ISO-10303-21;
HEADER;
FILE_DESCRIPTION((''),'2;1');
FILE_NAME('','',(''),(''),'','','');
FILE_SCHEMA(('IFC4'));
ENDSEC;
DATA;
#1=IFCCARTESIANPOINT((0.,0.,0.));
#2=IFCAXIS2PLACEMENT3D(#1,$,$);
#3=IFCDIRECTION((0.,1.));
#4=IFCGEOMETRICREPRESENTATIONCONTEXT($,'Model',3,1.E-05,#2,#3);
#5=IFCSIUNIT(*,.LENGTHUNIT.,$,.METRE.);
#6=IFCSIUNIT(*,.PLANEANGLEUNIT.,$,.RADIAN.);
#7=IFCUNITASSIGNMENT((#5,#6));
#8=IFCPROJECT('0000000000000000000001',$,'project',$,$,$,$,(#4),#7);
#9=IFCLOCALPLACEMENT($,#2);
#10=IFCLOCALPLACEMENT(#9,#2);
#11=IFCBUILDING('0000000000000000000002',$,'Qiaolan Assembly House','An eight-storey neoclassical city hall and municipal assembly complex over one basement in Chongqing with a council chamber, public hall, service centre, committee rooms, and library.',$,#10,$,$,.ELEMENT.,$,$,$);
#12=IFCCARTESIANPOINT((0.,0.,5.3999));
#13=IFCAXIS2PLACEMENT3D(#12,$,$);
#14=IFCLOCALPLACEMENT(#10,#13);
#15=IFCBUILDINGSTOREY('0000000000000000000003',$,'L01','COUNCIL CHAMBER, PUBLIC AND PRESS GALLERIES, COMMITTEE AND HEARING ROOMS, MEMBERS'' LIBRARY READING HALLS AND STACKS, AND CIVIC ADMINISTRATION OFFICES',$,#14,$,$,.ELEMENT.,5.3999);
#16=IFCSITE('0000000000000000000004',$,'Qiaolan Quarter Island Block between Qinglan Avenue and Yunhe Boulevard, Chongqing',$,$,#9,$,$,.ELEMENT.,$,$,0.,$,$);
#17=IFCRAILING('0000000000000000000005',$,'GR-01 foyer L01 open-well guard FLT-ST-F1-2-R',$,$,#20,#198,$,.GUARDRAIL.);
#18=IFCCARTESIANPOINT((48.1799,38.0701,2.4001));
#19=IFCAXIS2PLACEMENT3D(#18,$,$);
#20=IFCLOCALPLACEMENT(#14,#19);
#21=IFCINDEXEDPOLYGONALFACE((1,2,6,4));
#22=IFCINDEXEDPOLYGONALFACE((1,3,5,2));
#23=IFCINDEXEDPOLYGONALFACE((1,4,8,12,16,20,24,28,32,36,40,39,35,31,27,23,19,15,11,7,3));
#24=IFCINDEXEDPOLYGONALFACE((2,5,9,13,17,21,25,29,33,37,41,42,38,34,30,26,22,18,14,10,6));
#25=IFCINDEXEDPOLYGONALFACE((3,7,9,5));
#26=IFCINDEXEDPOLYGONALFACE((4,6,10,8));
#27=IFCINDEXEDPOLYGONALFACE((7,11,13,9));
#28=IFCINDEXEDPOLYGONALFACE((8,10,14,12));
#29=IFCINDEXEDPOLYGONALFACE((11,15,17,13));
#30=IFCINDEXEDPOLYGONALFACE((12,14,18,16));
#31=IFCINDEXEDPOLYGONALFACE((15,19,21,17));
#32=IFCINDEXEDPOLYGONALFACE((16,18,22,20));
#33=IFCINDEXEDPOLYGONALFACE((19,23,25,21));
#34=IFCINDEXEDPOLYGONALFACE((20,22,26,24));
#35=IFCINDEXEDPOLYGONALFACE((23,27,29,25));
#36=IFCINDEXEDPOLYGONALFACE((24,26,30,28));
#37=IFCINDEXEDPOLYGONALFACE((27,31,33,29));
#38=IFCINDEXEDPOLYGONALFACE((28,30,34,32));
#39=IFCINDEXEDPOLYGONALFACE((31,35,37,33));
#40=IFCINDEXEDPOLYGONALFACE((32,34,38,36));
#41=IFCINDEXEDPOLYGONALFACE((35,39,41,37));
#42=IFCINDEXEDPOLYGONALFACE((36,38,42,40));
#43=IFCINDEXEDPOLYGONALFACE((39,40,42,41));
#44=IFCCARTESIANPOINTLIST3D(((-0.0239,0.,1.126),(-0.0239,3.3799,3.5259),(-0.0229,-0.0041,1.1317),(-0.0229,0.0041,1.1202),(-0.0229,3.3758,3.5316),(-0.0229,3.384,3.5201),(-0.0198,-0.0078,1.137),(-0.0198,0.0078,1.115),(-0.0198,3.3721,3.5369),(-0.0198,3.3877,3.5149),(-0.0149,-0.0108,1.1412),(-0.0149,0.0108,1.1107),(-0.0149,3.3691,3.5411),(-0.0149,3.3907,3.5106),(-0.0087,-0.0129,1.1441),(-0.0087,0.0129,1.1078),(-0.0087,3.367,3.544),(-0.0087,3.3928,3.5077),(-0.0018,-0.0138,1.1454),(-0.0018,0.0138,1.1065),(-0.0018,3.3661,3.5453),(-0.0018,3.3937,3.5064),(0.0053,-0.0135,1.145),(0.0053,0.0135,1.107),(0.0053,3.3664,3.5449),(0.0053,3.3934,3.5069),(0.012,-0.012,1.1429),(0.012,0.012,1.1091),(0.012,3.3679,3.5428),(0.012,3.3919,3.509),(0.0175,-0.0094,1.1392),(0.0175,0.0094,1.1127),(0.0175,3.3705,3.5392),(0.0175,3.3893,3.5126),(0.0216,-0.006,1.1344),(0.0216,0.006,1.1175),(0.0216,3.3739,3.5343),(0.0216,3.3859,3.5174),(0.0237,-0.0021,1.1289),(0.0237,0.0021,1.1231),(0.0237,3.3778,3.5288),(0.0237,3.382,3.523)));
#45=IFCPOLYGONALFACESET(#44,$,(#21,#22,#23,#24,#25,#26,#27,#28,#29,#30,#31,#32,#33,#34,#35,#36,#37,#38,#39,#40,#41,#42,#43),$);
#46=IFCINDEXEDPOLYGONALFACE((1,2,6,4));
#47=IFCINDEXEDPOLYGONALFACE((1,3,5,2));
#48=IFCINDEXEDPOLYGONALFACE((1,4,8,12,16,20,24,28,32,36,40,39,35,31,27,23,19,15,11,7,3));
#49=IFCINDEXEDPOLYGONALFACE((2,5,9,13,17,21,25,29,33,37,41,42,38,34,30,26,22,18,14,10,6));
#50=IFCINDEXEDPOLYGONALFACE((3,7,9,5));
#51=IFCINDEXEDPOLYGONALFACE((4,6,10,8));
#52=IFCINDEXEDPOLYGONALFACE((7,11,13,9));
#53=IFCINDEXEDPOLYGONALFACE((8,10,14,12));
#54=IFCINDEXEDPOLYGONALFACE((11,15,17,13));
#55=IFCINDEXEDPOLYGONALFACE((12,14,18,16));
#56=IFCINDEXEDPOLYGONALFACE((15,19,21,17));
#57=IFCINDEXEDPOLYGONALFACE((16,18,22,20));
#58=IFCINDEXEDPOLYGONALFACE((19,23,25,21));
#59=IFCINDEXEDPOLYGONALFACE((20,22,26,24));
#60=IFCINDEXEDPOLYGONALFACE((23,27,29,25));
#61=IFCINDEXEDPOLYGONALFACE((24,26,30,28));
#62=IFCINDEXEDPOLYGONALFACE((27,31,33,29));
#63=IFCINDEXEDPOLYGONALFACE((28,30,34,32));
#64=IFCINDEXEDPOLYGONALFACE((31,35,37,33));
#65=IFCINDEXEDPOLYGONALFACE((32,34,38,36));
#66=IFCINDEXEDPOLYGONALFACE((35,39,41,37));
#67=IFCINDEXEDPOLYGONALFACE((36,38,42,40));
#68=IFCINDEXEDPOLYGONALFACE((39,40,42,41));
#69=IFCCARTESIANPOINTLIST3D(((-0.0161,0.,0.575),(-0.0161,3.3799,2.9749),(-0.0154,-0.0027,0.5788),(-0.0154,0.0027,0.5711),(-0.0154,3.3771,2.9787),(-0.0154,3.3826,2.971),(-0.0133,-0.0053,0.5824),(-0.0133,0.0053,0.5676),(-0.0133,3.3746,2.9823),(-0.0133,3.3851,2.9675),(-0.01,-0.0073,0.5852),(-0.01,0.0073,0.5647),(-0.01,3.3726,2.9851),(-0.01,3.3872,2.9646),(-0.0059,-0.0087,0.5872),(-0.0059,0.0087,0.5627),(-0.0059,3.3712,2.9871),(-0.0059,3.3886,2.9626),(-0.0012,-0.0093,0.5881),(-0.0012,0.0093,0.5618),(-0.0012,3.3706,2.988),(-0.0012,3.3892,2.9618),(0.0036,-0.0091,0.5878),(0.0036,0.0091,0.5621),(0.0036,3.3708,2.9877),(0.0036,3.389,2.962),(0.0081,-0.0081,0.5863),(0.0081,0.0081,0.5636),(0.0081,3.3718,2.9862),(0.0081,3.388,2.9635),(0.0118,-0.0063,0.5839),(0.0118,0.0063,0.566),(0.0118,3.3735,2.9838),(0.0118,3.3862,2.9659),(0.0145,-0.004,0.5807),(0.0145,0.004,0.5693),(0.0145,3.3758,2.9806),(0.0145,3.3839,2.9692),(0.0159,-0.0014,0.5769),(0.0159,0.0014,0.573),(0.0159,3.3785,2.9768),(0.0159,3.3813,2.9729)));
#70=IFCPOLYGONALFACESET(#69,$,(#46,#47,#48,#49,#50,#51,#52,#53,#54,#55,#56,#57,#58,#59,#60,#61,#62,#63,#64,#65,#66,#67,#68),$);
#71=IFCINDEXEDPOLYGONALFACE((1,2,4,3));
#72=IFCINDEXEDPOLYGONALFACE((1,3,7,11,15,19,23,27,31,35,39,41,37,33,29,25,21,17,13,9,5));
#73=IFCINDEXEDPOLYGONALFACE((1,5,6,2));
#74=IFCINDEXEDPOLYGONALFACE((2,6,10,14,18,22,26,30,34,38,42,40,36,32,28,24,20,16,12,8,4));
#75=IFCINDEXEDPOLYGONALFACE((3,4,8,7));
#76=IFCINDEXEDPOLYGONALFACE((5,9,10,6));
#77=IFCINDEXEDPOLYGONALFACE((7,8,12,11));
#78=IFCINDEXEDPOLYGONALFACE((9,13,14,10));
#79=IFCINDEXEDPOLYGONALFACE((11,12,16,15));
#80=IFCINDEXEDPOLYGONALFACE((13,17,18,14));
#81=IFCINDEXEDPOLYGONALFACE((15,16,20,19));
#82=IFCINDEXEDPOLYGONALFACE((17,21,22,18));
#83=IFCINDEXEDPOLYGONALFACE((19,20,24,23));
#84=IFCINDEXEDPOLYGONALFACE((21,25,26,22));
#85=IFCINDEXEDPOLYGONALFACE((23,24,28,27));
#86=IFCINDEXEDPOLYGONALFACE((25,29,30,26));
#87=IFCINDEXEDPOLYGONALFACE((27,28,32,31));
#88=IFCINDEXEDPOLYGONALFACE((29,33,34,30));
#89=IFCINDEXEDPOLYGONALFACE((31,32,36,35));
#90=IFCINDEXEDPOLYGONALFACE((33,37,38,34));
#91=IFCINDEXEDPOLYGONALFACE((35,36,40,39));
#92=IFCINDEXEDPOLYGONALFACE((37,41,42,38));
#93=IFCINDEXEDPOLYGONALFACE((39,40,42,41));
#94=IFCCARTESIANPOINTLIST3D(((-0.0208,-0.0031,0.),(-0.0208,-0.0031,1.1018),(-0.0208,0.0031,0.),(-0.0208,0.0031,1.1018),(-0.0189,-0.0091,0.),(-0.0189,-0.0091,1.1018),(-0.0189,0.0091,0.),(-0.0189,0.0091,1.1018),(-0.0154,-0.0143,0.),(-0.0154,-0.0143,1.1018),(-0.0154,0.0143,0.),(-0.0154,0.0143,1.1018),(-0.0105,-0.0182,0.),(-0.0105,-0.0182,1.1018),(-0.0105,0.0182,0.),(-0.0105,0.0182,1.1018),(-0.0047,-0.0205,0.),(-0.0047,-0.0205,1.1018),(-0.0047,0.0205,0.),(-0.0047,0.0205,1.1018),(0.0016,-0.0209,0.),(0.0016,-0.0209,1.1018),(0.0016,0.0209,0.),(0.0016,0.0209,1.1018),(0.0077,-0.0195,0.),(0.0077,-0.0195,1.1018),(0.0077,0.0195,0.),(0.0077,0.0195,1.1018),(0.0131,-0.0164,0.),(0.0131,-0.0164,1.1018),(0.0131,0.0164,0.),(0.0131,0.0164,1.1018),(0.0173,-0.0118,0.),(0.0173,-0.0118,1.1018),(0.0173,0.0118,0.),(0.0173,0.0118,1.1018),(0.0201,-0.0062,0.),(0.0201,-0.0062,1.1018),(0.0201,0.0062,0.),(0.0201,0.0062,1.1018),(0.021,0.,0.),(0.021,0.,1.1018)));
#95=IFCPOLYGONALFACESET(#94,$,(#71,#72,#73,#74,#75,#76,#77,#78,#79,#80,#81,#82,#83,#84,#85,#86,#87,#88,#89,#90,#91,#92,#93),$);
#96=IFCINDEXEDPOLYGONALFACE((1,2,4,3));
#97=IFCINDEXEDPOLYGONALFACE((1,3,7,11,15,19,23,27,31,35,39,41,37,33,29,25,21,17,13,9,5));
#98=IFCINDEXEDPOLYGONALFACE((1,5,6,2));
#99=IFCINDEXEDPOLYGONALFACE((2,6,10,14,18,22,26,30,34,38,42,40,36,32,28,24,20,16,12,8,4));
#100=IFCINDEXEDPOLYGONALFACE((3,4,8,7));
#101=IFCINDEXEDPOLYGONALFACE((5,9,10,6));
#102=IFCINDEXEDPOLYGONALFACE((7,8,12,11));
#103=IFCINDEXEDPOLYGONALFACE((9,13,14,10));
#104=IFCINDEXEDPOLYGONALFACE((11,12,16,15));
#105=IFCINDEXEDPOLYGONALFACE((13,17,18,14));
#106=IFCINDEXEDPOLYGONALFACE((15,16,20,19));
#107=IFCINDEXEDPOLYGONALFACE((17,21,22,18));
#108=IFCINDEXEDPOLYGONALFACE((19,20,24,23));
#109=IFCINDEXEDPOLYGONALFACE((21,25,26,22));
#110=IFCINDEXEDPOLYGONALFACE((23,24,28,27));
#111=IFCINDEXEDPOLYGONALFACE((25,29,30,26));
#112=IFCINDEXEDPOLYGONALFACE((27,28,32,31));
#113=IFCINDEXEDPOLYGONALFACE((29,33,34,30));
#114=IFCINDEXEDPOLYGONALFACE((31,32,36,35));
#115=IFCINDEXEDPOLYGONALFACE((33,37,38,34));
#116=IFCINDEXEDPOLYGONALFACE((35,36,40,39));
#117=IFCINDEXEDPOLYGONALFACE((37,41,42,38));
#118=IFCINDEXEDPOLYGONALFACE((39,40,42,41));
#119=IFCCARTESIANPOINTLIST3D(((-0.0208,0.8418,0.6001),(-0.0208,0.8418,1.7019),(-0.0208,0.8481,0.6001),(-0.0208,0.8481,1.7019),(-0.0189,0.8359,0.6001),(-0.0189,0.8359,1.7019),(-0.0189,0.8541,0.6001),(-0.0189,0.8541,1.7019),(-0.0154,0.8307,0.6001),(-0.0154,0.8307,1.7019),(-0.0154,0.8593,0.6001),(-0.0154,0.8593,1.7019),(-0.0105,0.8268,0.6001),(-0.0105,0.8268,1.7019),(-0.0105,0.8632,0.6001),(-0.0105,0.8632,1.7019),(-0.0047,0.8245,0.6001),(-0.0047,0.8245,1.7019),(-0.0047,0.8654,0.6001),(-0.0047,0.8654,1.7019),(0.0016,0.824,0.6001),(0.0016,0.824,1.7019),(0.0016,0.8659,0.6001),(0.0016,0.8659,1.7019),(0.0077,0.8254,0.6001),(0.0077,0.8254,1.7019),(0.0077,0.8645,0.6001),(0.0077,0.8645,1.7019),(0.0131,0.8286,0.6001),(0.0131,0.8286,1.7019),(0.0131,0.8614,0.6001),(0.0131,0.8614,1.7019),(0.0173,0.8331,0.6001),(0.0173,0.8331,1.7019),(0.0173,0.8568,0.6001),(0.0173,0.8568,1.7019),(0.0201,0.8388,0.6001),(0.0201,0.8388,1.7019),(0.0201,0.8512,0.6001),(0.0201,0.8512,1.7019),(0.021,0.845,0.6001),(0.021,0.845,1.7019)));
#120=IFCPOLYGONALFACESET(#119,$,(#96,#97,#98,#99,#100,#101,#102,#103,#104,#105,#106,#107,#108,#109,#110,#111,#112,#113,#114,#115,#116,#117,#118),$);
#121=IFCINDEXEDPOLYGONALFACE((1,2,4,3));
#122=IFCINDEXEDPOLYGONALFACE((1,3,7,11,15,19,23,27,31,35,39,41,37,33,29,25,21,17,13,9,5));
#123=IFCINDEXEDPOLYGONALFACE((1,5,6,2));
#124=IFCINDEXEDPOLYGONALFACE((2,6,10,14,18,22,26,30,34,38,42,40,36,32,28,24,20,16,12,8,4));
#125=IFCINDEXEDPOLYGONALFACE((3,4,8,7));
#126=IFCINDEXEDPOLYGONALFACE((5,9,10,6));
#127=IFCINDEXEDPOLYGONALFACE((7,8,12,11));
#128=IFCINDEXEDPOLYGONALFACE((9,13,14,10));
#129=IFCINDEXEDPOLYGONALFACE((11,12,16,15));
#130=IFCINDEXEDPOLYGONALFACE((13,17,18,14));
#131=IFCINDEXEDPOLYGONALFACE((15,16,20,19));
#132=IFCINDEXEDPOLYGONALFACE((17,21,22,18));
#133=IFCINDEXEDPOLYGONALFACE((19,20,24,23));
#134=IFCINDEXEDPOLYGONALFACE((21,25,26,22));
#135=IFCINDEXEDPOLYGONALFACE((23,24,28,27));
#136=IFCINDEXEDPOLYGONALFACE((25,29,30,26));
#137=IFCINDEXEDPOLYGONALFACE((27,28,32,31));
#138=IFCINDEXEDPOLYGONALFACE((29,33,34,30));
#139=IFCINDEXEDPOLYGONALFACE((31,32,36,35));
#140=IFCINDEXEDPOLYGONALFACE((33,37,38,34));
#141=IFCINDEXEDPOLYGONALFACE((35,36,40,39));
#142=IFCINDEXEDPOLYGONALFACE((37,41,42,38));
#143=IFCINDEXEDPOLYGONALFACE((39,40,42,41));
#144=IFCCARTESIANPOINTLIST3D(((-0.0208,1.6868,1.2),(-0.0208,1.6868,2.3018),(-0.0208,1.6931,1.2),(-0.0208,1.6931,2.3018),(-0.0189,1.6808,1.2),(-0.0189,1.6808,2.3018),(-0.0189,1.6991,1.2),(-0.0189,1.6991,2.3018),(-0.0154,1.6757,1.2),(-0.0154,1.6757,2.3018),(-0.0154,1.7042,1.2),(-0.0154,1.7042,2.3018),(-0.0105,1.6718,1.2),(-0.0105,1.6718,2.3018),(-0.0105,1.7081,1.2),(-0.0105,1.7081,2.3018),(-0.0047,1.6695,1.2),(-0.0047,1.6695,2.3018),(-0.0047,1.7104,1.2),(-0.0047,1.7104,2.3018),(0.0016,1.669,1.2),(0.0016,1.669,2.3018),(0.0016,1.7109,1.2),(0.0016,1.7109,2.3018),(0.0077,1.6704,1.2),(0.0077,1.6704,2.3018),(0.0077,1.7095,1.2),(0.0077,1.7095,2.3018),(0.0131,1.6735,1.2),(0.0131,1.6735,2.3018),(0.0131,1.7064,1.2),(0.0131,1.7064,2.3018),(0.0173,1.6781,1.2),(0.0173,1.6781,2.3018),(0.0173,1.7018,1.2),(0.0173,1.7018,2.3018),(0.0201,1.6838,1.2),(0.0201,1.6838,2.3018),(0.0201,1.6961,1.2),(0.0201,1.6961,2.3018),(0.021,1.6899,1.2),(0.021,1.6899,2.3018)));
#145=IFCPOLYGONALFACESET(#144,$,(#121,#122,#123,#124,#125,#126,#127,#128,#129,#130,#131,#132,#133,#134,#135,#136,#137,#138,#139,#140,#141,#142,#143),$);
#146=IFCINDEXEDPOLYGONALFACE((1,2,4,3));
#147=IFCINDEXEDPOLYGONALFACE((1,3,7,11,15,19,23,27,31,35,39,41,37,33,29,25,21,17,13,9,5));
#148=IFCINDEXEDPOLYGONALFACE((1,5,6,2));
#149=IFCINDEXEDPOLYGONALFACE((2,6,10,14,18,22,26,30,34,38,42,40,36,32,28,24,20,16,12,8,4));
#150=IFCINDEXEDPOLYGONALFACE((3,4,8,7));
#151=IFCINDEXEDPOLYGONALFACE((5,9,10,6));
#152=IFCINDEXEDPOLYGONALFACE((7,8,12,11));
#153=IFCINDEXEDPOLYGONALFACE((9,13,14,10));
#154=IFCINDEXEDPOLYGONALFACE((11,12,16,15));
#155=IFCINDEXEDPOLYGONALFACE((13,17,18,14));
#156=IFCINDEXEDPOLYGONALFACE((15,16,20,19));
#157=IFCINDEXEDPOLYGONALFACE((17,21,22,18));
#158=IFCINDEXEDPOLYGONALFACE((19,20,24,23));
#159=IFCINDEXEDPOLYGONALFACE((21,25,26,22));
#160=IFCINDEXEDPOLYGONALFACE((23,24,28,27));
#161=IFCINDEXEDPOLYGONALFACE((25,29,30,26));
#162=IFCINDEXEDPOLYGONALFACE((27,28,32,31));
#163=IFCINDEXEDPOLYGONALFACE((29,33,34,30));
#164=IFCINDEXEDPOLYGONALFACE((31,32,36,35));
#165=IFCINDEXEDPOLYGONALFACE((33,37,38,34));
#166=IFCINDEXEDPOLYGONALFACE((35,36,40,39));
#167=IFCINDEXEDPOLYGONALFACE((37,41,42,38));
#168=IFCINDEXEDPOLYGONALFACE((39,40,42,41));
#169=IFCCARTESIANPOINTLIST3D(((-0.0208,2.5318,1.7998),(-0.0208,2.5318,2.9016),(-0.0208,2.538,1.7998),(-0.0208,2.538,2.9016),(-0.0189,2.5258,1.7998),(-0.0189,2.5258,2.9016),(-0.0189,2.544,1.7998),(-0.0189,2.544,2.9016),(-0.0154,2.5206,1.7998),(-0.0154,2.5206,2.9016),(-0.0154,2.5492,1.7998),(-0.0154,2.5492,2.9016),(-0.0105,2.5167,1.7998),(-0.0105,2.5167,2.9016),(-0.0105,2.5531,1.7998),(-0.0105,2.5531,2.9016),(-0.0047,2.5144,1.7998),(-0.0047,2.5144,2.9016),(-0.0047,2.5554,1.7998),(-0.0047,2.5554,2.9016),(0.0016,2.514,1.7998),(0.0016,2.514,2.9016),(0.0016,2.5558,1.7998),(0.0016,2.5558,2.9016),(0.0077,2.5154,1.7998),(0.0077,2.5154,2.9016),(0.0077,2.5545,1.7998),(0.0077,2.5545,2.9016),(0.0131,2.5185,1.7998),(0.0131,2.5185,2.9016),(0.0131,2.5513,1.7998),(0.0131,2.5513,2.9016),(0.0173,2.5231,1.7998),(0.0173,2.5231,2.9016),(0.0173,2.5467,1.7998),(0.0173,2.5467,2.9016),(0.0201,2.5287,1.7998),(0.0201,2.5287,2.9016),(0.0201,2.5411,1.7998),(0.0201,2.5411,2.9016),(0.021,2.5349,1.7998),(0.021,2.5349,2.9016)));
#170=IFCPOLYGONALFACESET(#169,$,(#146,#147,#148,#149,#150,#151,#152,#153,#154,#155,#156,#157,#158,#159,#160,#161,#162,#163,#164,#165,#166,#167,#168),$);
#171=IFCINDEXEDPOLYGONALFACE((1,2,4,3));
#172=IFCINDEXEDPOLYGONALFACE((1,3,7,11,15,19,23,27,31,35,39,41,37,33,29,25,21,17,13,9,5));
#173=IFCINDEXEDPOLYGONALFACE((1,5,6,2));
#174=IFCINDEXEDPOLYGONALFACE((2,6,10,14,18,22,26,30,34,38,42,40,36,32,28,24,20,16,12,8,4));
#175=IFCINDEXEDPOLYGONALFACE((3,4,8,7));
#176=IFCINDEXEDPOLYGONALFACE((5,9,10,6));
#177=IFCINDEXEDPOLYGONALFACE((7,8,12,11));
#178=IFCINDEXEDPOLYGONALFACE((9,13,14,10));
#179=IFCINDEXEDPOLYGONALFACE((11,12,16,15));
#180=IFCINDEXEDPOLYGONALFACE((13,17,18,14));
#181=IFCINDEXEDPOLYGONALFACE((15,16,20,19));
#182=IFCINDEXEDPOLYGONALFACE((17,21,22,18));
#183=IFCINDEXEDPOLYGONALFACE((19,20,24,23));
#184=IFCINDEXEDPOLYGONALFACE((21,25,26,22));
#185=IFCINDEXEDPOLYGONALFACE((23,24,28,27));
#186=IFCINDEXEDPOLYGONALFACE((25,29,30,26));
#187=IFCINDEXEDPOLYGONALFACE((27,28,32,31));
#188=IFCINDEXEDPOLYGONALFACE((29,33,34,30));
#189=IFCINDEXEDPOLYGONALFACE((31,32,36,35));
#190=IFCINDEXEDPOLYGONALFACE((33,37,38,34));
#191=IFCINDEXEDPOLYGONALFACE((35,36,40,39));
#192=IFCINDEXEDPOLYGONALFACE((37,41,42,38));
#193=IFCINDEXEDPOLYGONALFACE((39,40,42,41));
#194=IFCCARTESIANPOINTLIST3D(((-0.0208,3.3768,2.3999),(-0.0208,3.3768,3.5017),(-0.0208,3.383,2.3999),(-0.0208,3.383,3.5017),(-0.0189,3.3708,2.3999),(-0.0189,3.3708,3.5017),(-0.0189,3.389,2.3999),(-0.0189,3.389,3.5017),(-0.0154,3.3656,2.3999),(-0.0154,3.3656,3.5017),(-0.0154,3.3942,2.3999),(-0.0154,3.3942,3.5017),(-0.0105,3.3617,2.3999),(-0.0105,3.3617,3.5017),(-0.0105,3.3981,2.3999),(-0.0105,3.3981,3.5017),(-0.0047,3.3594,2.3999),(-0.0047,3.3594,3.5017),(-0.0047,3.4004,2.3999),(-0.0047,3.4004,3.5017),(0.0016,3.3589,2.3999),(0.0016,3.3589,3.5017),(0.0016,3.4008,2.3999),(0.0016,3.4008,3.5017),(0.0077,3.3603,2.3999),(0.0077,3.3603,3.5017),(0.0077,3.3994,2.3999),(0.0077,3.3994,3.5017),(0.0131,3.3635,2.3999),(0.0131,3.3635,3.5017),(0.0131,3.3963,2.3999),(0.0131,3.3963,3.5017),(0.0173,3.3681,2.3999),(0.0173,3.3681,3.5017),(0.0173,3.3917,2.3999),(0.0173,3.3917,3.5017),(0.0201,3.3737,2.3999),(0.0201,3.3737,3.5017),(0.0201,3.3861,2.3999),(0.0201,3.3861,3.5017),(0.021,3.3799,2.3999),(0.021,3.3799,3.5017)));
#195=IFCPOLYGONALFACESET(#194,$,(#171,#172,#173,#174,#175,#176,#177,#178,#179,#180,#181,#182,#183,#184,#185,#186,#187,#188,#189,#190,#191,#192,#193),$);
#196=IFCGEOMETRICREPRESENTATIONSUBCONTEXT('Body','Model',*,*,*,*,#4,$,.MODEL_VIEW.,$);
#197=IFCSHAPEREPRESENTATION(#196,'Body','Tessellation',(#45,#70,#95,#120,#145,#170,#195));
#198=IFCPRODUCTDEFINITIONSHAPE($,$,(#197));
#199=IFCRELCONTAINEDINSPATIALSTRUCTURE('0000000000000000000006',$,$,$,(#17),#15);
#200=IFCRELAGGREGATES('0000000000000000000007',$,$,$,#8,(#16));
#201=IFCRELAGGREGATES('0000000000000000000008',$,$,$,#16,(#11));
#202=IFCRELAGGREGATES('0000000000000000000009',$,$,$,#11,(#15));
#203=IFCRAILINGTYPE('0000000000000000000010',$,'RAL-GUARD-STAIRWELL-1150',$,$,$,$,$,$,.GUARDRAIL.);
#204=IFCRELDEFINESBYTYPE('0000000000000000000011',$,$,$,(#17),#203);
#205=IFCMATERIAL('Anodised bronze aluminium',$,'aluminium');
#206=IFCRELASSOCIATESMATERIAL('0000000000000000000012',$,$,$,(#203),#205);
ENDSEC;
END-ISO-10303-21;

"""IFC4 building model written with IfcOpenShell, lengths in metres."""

from ifc_helpers import new_model, si_unit, direction, frame, origin, origin_2d, place, context, subcontext, project, spatial, circle, extrude, material, type_object, element, save


model = new_model("IFC4")

# Units and contexts
model_context = context("Model", 3, precision=1e-05, world=origin(), true_north=direction((0.0, 1.0)))
body_context = subcontext(model_context, "Body", "Model", "MODEL_VIEW")
ifc_project = project(units=[si_unit("LENGTHUNIT", "METRE"), si_unit("PLANEANGLEUNIT", "RADIAN")], contexts=[model_context])

# Site, building, storey
site_placement = place(None, origin())
site = spatial("IfcSite", under=ifc_project, at=site_placement, Name="Qiaolan Quarter Island Block between Qinglan Avenue and Yunhe Boulevard, Chongqing", CompositionType="ELEMENT", RefElevation=0.0)
building_placement = place(site_placement, origin())
building = spatial("IfcBuilding", under=site, at=building_placement, Name="Qiaolan Assembly House", Description="An eight-storey neoclassical city hall and municipal assembly complex over one basement in Chongqing with a council chamber, public hall, service centre, committee rooms, and library.", CompositionType="ELEMENT")
storey_placement = place(building_placement, frame((0.0, 0.0, 5.3999)))
storey = spatial("IfcBuildingStorey", under=building, at=storey_placement, Name="L01", Description="COUNCIL CHAMBER, PUBLIC AND PRESS GALLERIES, COMMITTEE AND HEARING ROOMS, MEMBERS' LIBRARY READING HALLS AND STACKS, AND CIVIC ADMINISTRATION OFFICES", CompositionType="ELEMENT", Elevation=5.3999)

# Railing
ifc_material_1 = material(Name="Anodised bronze aluminium", Category="aluminium")
railing_type_1 = type_object("IfcRailingType", Name="RAL-GUARD-STAIRWELL-1150", PredefinedType="GUARDRAIL", material=ifc_material_1)
for number, where, name in (
    (1, (48.1799, 38.0701, 2.4001), "GR-01 foyer L01 open-well guard FLT-ST-F1-2-R"),
):
    element("IfcRailing", number, at=place(storey_placement, frame(where)), inside=storey, type_object=railing_type_1, Name=name, PredefinedType="GUARDRAIL", context=body_context, shape_type="SweptSolid", body=[
        extrude(circle(Radius=0.0239, at=origin_2d()), frame((0.0, 0.0, 1.126), z_axis=(0.0, 0.815362, 0.578952), x_axis=(-1.0, 0.0, 0.0)), (0.0, 0.0, 1.0), 4.1453),
        extrude(circle(Radius=0.0161, at=origin_2d()), frame((0.0, 0.0, 0.575), z_axis=(0.0, 0.815362, 0.578952), x_axis=(-1.0, 0.0, 0.0)), (0.0, 0.0, 1.0), 4.1453),
        extrude(circle(Radius=0.021, at=origin_2d()), origin(), (0.0, 0.0, 1.0), 1.1018),
        extrude(circle(Radius=0.021, at=origin_2d()), frame((0.0, 0.845, 0.6001)), (0.0, 0.0, 1.0), 1.1018),
        extrude(circle(Radius=0.021, at=origin_2d()), frame((0.0, 1.6899, 1.2)), (0.0, 0.0, 1.0), 1.1018),
        extrude(circle(Radius=0.021, at=origin_2d()), frame((0.0, 2.5349, 1.7998)), (0.0, 0.0, 1.0), 1.1018),
        extrude(circle(Radius=0.021, at=origin_2d()), frame((0.0, 3.3799, 2.3999)), (0.0, 0.0, 1.0), 1.1018),
    ])

save(model, "model.ifc")
